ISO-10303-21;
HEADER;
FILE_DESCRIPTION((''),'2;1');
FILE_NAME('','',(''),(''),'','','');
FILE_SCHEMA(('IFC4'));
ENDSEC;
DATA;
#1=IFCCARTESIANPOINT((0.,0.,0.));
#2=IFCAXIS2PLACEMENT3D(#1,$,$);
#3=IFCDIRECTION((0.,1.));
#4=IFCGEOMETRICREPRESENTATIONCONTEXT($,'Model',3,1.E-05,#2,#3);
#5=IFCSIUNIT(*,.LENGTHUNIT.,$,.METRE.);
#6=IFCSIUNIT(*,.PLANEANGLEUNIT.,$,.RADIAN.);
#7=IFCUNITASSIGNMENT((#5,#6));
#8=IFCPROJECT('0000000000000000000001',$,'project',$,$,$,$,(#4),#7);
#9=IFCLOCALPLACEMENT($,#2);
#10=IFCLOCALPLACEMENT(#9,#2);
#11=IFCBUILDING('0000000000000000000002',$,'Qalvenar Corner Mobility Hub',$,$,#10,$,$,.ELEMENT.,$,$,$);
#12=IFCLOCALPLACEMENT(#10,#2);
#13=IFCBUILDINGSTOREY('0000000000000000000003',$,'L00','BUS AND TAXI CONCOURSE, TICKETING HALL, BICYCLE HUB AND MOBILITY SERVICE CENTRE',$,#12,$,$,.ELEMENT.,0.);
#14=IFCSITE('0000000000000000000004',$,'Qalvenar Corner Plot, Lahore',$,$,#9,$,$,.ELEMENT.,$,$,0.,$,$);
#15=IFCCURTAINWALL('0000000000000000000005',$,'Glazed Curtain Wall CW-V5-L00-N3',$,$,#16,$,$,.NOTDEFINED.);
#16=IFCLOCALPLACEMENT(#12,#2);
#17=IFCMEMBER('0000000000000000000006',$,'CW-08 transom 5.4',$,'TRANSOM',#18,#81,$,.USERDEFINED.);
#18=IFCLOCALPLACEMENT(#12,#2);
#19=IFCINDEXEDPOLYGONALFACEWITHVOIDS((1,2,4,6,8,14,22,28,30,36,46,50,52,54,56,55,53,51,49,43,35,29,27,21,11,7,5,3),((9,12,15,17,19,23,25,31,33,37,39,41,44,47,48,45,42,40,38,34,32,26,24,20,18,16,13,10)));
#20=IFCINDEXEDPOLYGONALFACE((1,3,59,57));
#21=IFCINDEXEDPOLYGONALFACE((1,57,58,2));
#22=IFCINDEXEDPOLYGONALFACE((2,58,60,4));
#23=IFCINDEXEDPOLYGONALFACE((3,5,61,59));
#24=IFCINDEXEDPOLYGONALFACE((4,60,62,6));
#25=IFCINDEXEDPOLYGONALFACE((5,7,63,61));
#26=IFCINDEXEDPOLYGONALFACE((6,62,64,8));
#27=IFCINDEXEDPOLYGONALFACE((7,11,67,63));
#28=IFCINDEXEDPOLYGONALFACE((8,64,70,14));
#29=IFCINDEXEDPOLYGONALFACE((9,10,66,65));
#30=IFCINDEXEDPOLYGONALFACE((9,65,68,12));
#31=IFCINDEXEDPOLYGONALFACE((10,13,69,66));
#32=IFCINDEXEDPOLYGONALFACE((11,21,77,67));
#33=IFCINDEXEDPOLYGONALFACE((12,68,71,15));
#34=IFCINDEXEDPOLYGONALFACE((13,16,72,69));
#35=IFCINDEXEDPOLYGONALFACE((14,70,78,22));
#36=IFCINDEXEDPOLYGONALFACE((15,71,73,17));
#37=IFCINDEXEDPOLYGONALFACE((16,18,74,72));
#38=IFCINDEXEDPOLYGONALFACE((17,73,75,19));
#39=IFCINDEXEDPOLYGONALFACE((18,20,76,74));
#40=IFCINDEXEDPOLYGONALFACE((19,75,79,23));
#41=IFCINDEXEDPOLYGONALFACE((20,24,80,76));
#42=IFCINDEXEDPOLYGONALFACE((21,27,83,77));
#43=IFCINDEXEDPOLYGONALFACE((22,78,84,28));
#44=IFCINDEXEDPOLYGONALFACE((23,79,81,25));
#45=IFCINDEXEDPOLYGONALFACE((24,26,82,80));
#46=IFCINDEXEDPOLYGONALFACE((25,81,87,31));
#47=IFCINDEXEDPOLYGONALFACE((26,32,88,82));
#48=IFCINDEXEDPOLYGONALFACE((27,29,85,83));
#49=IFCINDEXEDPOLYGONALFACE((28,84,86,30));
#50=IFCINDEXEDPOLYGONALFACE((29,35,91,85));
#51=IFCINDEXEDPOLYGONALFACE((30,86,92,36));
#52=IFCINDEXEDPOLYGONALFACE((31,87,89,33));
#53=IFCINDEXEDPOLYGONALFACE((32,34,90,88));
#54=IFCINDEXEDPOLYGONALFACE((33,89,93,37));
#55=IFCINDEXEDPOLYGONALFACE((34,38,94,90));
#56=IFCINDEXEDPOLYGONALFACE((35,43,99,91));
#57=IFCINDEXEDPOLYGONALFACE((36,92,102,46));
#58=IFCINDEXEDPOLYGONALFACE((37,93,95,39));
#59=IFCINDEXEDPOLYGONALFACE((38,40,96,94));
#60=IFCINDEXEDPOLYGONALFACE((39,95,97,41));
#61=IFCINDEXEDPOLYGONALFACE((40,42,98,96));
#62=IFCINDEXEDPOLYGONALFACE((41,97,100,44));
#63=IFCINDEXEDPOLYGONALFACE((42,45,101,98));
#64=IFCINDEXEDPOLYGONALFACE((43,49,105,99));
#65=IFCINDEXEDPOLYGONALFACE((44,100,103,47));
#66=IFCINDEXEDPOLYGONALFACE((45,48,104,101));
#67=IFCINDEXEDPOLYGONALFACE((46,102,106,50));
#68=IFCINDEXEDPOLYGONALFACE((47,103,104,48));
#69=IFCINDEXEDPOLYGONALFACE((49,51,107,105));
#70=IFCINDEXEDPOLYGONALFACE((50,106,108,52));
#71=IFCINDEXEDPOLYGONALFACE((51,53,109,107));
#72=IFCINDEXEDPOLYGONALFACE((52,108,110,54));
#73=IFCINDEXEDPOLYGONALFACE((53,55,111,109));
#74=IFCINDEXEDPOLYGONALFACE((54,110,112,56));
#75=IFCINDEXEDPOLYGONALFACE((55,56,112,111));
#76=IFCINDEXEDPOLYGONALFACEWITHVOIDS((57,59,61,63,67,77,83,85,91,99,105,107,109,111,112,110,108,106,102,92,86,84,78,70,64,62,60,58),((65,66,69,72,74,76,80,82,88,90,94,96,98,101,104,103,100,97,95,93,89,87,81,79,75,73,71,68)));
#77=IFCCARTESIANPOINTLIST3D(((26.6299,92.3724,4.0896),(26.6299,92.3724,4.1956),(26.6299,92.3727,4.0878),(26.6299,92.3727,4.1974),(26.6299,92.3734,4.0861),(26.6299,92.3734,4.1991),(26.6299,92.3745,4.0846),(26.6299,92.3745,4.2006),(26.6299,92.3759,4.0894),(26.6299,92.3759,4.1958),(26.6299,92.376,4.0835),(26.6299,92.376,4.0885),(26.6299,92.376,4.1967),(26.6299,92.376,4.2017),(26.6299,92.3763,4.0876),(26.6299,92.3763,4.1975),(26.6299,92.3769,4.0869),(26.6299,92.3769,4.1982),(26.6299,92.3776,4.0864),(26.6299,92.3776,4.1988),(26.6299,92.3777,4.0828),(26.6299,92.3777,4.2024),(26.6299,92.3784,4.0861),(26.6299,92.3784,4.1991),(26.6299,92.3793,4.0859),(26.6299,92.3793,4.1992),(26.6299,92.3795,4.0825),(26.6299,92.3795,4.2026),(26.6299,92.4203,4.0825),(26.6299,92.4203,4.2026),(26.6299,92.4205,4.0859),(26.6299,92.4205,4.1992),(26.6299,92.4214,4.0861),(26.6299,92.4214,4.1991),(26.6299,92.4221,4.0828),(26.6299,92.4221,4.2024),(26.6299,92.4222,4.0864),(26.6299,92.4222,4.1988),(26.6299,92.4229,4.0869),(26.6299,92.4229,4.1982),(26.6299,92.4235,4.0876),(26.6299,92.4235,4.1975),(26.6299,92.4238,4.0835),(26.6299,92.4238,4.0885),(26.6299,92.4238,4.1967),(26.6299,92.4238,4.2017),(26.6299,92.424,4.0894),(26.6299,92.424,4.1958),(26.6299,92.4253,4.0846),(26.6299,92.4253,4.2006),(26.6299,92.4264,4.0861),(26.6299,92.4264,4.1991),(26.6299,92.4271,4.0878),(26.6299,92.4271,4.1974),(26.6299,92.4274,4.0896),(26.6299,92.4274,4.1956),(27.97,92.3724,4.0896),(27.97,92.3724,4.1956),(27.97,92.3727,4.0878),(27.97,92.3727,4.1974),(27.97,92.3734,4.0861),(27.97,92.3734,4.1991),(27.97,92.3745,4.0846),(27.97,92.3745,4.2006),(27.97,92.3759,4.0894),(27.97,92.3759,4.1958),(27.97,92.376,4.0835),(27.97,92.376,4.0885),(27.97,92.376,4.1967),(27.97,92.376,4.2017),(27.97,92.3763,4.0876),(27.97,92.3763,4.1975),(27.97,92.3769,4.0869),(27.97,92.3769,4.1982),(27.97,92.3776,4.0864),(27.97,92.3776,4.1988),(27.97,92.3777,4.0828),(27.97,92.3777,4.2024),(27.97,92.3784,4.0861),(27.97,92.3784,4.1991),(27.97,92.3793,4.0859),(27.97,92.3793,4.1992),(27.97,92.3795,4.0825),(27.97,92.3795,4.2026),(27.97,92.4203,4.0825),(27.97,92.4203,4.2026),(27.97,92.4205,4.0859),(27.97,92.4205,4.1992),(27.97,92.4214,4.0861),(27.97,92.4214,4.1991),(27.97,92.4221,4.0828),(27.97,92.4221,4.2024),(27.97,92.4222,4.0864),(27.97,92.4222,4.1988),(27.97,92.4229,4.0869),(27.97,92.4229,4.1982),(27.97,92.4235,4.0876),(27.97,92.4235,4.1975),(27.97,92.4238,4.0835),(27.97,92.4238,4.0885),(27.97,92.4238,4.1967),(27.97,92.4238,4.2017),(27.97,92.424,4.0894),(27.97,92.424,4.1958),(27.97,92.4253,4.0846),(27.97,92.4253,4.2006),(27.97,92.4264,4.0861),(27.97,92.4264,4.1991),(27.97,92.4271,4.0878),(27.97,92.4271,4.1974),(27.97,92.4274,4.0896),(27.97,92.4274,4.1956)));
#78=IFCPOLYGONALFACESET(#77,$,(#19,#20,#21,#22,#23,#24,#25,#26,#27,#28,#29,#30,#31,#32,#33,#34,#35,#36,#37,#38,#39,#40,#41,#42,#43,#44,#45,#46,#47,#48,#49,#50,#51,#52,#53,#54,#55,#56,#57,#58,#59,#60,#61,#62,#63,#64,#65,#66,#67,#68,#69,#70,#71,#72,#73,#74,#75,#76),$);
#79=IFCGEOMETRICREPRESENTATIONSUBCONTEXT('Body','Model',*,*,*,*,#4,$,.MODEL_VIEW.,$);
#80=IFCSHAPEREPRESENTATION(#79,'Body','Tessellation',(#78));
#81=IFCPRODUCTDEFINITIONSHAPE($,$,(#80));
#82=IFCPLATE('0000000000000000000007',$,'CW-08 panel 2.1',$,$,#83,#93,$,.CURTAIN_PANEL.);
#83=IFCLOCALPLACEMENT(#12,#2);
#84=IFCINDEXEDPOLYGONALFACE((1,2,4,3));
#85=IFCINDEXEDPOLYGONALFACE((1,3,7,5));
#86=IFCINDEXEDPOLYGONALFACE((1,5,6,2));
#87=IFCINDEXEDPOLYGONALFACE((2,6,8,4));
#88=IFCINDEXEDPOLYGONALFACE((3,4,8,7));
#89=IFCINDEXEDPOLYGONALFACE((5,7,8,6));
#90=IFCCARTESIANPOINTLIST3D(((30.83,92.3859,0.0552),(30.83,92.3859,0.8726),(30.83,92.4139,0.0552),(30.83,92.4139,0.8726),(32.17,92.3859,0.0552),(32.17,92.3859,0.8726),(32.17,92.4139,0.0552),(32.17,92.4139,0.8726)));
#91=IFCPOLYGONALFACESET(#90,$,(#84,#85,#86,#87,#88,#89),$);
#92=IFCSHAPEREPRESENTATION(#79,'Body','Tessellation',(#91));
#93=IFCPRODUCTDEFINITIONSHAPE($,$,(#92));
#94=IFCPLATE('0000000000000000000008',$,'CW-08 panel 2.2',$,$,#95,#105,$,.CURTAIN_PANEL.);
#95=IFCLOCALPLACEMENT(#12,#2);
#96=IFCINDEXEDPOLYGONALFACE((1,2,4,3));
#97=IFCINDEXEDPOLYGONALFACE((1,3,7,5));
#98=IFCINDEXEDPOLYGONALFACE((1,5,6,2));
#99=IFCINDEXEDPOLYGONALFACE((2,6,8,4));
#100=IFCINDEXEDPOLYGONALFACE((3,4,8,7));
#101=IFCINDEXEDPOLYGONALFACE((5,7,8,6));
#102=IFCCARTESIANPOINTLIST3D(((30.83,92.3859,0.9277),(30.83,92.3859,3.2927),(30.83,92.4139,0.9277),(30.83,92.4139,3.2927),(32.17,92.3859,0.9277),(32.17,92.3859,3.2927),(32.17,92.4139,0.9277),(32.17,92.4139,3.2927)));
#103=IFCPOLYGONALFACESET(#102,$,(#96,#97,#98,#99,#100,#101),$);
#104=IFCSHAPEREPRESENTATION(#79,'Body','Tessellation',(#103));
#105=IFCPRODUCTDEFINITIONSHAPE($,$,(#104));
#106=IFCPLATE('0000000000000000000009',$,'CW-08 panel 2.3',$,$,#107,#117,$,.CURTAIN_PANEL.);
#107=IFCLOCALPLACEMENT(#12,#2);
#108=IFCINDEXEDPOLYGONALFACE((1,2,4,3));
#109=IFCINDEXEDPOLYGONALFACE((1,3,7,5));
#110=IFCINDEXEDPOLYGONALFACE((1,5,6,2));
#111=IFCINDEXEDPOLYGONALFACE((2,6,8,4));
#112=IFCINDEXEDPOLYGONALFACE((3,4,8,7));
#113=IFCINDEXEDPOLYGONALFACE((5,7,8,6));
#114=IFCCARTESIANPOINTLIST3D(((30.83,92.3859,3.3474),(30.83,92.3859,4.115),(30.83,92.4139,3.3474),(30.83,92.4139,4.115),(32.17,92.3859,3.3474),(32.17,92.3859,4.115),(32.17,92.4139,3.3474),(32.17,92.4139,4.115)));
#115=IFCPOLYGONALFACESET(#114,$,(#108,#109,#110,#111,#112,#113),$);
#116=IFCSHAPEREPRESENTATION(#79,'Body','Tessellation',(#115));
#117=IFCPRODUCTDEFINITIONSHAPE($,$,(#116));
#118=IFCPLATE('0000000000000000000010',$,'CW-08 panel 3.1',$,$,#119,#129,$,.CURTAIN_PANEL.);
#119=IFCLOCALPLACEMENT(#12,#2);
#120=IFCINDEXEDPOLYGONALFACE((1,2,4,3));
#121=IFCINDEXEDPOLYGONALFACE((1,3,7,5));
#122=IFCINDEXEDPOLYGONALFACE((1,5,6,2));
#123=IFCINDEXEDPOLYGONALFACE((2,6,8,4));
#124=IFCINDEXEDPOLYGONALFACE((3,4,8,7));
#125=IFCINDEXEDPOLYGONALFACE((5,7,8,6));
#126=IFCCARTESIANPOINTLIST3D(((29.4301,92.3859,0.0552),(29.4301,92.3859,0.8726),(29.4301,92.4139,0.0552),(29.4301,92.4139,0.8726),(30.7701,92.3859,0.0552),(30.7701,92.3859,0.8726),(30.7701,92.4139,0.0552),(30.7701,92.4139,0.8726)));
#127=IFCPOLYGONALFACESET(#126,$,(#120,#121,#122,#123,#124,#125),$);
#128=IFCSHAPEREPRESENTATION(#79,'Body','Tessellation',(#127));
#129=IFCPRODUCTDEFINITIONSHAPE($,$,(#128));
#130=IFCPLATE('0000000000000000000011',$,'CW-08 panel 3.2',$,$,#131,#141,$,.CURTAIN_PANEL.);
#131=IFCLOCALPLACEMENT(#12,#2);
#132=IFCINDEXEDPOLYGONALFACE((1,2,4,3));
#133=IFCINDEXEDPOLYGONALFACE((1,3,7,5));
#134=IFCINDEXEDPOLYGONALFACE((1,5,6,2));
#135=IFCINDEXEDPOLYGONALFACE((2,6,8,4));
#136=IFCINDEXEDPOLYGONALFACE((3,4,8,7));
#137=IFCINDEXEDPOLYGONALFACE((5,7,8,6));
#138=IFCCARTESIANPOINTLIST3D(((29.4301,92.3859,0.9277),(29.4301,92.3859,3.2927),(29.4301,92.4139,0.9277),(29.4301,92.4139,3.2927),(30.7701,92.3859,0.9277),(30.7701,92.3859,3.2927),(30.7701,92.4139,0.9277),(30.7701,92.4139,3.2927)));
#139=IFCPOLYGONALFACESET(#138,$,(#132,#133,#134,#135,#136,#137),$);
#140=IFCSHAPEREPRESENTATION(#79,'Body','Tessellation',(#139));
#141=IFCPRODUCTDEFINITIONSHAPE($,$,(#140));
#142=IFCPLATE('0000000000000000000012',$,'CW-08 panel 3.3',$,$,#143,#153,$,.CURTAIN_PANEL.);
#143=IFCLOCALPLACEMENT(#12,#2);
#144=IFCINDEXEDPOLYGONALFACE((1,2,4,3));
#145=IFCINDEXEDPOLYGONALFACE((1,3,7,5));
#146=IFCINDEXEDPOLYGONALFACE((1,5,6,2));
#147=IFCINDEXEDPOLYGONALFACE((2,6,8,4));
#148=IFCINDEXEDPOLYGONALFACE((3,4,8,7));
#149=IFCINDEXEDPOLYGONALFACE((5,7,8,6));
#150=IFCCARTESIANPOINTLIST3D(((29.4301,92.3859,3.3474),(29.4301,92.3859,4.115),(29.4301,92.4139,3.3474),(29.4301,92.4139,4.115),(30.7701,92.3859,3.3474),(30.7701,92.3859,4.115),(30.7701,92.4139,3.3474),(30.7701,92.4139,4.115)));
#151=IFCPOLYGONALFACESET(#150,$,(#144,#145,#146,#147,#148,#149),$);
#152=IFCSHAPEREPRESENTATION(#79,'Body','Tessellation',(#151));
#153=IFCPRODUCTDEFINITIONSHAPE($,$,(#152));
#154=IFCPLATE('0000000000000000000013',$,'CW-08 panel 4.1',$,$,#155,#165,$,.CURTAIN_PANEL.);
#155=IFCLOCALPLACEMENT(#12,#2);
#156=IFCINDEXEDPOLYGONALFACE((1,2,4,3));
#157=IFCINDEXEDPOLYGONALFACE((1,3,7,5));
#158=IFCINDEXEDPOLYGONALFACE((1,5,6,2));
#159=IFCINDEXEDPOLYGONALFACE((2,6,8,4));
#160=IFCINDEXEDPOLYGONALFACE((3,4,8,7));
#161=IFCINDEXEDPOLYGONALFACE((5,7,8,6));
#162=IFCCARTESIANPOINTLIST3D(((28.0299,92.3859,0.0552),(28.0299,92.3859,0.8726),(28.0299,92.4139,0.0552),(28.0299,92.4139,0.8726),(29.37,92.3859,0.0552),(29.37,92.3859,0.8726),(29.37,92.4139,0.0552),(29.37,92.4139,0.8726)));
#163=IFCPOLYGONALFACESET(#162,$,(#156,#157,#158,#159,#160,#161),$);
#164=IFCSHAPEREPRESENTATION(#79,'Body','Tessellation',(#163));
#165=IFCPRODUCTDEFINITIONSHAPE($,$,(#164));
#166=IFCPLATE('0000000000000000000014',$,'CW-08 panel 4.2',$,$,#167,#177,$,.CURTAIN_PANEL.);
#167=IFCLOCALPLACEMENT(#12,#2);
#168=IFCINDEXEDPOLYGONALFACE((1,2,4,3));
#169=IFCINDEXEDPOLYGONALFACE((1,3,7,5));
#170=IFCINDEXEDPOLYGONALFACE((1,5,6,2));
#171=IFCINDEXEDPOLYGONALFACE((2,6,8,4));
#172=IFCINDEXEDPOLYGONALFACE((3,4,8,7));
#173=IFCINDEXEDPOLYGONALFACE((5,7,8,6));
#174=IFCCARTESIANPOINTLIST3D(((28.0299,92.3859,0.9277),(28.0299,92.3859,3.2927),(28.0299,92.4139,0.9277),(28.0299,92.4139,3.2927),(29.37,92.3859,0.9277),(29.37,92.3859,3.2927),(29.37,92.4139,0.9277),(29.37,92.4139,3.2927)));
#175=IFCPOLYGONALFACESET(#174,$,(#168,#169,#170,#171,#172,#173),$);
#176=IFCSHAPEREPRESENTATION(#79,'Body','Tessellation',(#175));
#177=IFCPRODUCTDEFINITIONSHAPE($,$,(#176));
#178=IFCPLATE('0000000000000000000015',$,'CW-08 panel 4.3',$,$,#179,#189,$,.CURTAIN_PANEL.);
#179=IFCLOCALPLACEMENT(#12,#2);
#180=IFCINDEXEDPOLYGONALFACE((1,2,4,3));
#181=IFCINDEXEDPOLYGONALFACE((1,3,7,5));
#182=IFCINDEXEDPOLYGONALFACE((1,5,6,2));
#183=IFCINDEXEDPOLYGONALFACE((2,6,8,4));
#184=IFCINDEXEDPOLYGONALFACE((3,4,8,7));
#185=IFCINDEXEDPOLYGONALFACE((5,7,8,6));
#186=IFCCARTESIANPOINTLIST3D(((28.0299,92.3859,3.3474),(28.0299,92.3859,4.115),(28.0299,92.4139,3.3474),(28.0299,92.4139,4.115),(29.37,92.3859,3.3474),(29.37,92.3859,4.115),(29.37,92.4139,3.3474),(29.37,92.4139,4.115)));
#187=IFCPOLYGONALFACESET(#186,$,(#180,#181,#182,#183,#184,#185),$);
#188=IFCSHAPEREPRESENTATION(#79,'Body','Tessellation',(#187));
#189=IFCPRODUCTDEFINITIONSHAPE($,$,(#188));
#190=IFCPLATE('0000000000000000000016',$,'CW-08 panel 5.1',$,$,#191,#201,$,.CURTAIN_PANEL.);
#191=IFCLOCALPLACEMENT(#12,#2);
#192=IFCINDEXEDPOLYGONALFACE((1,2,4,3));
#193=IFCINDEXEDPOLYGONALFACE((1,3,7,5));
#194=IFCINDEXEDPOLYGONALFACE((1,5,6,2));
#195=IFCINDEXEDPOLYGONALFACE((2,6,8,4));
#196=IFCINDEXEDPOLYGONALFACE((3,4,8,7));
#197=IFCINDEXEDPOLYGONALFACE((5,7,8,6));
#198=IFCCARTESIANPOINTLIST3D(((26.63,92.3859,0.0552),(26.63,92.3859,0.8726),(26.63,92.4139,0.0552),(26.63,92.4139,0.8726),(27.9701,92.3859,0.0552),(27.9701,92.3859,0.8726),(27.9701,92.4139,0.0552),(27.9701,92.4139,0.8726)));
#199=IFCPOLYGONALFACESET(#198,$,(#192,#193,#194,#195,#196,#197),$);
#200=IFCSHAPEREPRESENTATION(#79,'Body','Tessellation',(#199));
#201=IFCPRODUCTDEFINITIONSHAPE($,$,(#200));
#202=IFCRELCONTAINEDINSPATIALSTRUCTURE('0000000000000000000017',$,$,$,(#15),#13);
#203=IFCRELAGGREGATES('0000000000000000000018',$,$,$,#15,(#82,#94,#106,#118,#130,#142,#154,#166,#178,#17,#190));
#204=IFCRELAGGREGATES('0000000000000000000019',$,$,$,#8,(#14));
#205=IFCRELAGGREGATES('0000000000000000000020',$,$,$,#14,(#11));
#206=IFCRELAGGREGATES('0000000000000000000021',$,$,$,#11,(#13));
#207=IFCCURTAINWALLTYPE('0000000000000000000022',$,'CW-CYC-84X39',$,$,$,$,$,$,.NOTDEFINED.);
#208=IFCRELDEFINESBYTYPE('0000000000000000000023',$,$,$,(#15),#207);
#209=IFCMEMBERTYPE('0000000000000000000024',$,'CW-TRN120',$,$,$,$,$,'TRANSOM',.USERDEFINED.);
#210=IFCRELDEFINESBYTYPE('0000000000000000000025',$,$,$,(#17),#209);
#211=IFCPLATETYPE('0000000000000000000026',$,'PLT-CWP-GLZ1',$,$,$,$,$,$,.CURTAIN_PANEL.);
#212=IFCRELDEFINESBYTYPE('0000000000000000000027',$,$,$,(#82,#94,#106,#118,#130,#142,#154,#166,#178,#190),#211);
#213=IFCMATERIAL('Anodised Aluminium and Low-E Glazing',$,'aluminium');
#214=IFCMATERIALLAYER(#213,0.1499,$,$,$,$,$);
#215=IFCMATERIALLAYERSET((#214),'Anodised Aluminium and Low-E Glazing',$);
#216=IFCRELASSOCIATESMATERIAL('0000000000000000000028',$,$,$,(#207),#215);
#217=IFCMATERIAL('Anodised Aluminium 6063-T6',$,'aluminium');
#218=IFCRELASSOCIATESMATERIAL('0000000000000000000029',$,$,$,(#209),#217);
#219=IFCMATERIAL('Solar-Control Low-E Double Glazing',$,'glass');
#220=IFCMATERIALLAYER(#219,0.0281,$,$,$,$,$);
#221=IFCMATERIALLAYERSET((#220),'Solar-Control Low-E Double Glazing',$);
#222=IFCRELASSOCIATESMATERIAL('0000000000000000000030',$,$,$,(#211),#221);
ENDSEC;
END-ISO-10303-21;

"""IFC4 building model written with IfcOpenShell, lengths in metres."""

from ifc_helpers import new_model, si_unit, direction, frame, origin, origin_2d, place, context, subcontext, project, spatial, rectangle, hollow_rectangle, extrude, material, layer, layer_set, material_profile, profile_set, type_object, element, aggregate, save


model = new_model("IFC4")

# Units and contexts
model_context = context("Model", 3, precision=1e-05, world=origin(), true_north=direction((0.0, 1.0)))
body_context = subcontext(model_context, "Body", "Model", "MODEL_VIEW")
ifc_project = project(units=[si_unit("LENGTHUNIT", "METRE"), si_unit("PLANEANGLEUNIT", "RADIAN")], contexts=[model_context])

# Site, building, storey
site_placement = place(None, origin())
site = spatial("IfcSite", under=ifc_project, at=site_placement, Name="Qalvenar Corner Plot, Lahore", CompositionType="ELEMENT", RefElevation=0.0)
building_placement = place(site_placement, origin())
building = spatial("IfcBuilding", under=site, at=building_placement, Name="Qalvenar Corner Mobility Hub", CompositionType="ELEMENT")
storey_placement = place(building_placement, origin())
storey = spatial("IfcBuildingStorey", under=building, at=storey_placement, Name="L00", Description="BUS AND TAXI CONCOURSE, TICKETING HALL, BICYCLE HUB AND MOBILITY SERVICE CENTRE", CompositionType="ELEMENT", Elevation=0.0)

# Curtain wall, member, plates
ifc_material_1 = material(Name="Anodised Aluminium and Low-E Glazing", Category="aluminium")
ifc_layer_1 = layer(ifc_material_1, 0.1499)
ifc_layer_set_1 = layer_set([ifc_layer_1], Name="Anodised Aluminium and Low-E Glazing")
curtain_wall_type = type_object("IfcCurtainWallType", Name="CW-CYC-84X39", PredefinedType="NOTDEFINED", material=ifc_layer_set_1)
curtain_wall_placement = place(storey_placement, origin())
curtain_wall = element("IfcCurtainWall", 1, at=curtain_wall_placement, inside=storey, type_object=curtain_wall_type, Name="Glazed Curtain Wall CW-V5-L00-N3", PredefinedType="NOTDEFINED")
ifc_material_2 = material(Name="Anodised Aluminium 6063-T6", Category="aluminium")
ifc_material_profile_1 = material_profile(ifc_material_2, hollow_rectangle(XDim=0.0549, YDim=0.1201, WallThickness=0.0034, InnerFilletRadius=0.0034, OuterFilletRadius=0.0071, at=origin_2d()), Name="RHS120x55x3.5")
ifc_profile_set_1 = profile_set([ifc_material_profile_1], Name="Anodised Aluminium 6063-T6")
member_type_1 = type_object("IfcMemberType", Name="CW-TRN120", ElementType="TRANSOM", PredefinedType="USERDEFINED", material=ifc_profile_set_1)
member_1_placement = place(storey_placement, frame((27.97, 92.3999, 4.1426), z_axis=(-1.0, 0.0, 0.0), x_axis=(0.0, -1.0, 0.0)))
member_1 = element("IfcMember", 2, at=member_1_placement, type_object=member_type_1, Name="CW-08 transom 5.4", ObjectType="TRANSOM", PredefinedType="USERDEFINED", context=body_context, shape_type="SweptSolid", body=[
    extrude(hollow_rectangle(XDim=0.0549, YDim=0.1201, WallThickness=0.0034, InnerFilletRadius=0.0034, OuterFilletRadius=0.0071, at=origin_2d()), origin(), (0.0, 0.0, 1.0), 1.3401),
])
ifc_material_3 = material(Name="Solar-Control Low-E Double Glazing", Category="glass")
ifc_layer_2 = layer(ifc_material_3, 0.0281)
ifc_layer_set_2 = layer_set([ifc_layer_2], Name="Solar-Control Low-E Double Glazing")
plate_type = type_object("IfcPlateType", Name="PLT-CWP-GLZ1", PredefinedType="CURTAIN_PANEL", material=ifc_layer_set_2)
plate_1_placement = place(storey_placement, frame((31.5, 92.3999, 0.0552), z_axis=(0.0, 0.0, 1.0), x_axis=(-1.0, 0.0, 0.0)))
plate_1 = element("IfcPlate", 3, at=plate_1_placement, type_object=plate_type, Name="CW-08 panel 2.1", PredefinedType="CURTAIN_PANEL", context=body_context, shape_type="SweptSolid", body=[
    extrude(rectangle(XDim=1.3401, YDim=0.0281, at=origin_2d()), origin(), (0.0, 0.0, 1.0), 0.8174),
])
plate_2_placement = place(storey_placement, frame((31.5, 92.3999, 0.9277), z_axis=(0.0, 0.0, 1.0), x_axis=(-1.0, 0.0, 0.0)))
plate_2 = element("IfcPlate", 4, at=plate_2_placement, type_object=plate_type, Name="CW-08 panel 2.2", PredefinedType="CURTAIN_PANEL", context=body_context, shape_type="SweptSolid", body=[
    extrude(rectangle(XDim=1.3401, YDim=0.0281, at=origin_2d()), origin(), (0.0, 0.0, 1.0), 2.365),
])
plate_3_placement = place(storey_placement, frame((31.5, 92.3999, 3.3474), z_axis=(0.0, 0.0, 1.0), x_axis=(-1.0, 0.0, 0.0)))
plate_3 = element("IfcPlate", 5, at=plate_3_placement, type_object=plate_type, Name="CW-08 panel 2.3", PredefinedType="CURTAIN_PANEL", context=body_context, shape_type="SweptSolid", body=[
    extrude(rectangle(XDim=1.3401, YDim=0.0281, at=origin_2d()), origin(), (0.0, 0.0, 1.0), 0.7676),
])
plate_4_placement = place(storey_placement, frame((30.1001, 92.3999, 0.0552), z_axis=(0.0, 0.0, 1.0), x_axis=(-1.0, 0.0, 0.0)))
plate_4 = element("IfcPlate", 6, at=plate_4_placement, type_object=plate_type, Name="CW-08 panel 3.1", PredefinedType="CURTAIN_PANEL", context=body_context, shape_type="SweptSolid", body=[
    extrude(rectangle(XDim=1.3401, YDim=0.0281, at=origin_2d()), origin(), (0.0, 0.0, 1.0), 0.8174),
])
plate_5_placement = place(storey_placement, frame((30.1001, 92.3999, 0.9277), z_axis=(0.0, 0.0, 1.0), x_axis=(-1.0, 0.0, 0.0)))
plate_5 = element("IfcPlate", 7, at=plate_5_placement, type_object=plate_type, Name="CW-08 panel 3.2", PredefinedType="CURTAIN_PANEL", context=body_context, shape_type="SweptSolid", body=[
    extrude(rectangle(XDim=1.3401, YDim=0.0281, at=origin_2d()), origin(), (0.0, 0.0, 1.0), 2.365),
])
plate_6_placement = place(storey_placement, frame((30.1001, 92.3999, 3.3474), z_axis=(0.0, 0.0, 1.0), x_axis=(-1.0, 0.0, 0.0)))
plate_6 = element("IfcPlate", 8, at=plate_6_placement, type_object=plate_type, Name="CW-08 panel 3.3", PredefinedType="CURTAIN_PANEL", context=body_context, shape_type="SweptSolid", body=[
    extrude(rectangle(XDim=1.3401, YDim=0.0281, at=origin_2d()), origin(), (0.0, 0.0, 1.0), 0.7676),
])
plate_7_placement = place(storey_placement, frame((28.7, 92.3999, 0.0552), z_axis=(0.0, 0.0, 1.0), x_axis=(-1.0, 0.0, 0.0)))
plate_7 = element("IfcPlate", 9, at=plate_7_placement, type_object=plate_type, Name="CW-08 panel 4.1", PredefinedType="CURTAIN_PANEL", context=body_context, shape_type="SweptSolid", body=[
    extrude(rectangle(XDim=1.3401, YDim=0.0281, at=origin_2d()), origin(), (0.0, 0.0, 1.0), 0.8174),
])
plate_8_placement = place(storey_placement, frame((28.7, 92.3999, 0.9277), z_axis=(0.0, 0.0, 1.0), x_axis=(-1.0, 0.0, 0.0)))
plate_8 = element("IfcPlate", 10, at=plate_8_placement, type_object=plate_type, Name="CW-08 panel 4.2", PredefinedType="CURTAIN_PANEL", context=body_context, shape_type="SweptSolid", body=[
    extrude(rectangle(XDim=1.3401, YDim=0.0281, at=origin_2d()), origin(), (0.0, 0.0, 1.0), 2.365),
])
plate_9_placement = place(storey_placement, frame((28.7, 92.3999, 3.3474), z_axis=(0.0, 0.0, 1.0), x_axis=(-1.0, 0.0, 0.0)))
plate_9 = element("IfcPlate", 11, at=plate_9_placement, type_object=plate_type, Name="CW-08 panel 4.3", PredefinedType="CURTAIN_PANEL", context=body_context, shape_type="SweptSolid", body=[
    extrude(rectangle(XDim=1.3401, YDim=0.0281, at=origin_2d()), origin(), (0.0, 0.0, 1.0), 0.7676),
])
plate_10_placement = place(storey_placement, frame((27.3, 92.3999, 0.0552), z_axis=(0.0, 0.0, 1.0), x_axis=(-1.0, 0.0, 0.0)))
plate_10 = element("IfcPlate", 12, at=plate_10_placement, type_object=plate_type, Name="CW-08 panel 5.1", PredefinedType="CURTAIN_PANEL", context=body_context, shape_type="SweptSolid", body=[
    extrude(rectangle(XDim=1.3401, YDim=0.0281, at=origin_2d()), origin(), (0.0, 0.0, 1.0), 0.8174),
])
aggregate(curtain_wall, [plate_1, plate_2, plate_3, plate_4, plate_5, plate_6, plate_7, plate_8, plate_9, member_1, plate_10])

save(model, "model.ifc")
